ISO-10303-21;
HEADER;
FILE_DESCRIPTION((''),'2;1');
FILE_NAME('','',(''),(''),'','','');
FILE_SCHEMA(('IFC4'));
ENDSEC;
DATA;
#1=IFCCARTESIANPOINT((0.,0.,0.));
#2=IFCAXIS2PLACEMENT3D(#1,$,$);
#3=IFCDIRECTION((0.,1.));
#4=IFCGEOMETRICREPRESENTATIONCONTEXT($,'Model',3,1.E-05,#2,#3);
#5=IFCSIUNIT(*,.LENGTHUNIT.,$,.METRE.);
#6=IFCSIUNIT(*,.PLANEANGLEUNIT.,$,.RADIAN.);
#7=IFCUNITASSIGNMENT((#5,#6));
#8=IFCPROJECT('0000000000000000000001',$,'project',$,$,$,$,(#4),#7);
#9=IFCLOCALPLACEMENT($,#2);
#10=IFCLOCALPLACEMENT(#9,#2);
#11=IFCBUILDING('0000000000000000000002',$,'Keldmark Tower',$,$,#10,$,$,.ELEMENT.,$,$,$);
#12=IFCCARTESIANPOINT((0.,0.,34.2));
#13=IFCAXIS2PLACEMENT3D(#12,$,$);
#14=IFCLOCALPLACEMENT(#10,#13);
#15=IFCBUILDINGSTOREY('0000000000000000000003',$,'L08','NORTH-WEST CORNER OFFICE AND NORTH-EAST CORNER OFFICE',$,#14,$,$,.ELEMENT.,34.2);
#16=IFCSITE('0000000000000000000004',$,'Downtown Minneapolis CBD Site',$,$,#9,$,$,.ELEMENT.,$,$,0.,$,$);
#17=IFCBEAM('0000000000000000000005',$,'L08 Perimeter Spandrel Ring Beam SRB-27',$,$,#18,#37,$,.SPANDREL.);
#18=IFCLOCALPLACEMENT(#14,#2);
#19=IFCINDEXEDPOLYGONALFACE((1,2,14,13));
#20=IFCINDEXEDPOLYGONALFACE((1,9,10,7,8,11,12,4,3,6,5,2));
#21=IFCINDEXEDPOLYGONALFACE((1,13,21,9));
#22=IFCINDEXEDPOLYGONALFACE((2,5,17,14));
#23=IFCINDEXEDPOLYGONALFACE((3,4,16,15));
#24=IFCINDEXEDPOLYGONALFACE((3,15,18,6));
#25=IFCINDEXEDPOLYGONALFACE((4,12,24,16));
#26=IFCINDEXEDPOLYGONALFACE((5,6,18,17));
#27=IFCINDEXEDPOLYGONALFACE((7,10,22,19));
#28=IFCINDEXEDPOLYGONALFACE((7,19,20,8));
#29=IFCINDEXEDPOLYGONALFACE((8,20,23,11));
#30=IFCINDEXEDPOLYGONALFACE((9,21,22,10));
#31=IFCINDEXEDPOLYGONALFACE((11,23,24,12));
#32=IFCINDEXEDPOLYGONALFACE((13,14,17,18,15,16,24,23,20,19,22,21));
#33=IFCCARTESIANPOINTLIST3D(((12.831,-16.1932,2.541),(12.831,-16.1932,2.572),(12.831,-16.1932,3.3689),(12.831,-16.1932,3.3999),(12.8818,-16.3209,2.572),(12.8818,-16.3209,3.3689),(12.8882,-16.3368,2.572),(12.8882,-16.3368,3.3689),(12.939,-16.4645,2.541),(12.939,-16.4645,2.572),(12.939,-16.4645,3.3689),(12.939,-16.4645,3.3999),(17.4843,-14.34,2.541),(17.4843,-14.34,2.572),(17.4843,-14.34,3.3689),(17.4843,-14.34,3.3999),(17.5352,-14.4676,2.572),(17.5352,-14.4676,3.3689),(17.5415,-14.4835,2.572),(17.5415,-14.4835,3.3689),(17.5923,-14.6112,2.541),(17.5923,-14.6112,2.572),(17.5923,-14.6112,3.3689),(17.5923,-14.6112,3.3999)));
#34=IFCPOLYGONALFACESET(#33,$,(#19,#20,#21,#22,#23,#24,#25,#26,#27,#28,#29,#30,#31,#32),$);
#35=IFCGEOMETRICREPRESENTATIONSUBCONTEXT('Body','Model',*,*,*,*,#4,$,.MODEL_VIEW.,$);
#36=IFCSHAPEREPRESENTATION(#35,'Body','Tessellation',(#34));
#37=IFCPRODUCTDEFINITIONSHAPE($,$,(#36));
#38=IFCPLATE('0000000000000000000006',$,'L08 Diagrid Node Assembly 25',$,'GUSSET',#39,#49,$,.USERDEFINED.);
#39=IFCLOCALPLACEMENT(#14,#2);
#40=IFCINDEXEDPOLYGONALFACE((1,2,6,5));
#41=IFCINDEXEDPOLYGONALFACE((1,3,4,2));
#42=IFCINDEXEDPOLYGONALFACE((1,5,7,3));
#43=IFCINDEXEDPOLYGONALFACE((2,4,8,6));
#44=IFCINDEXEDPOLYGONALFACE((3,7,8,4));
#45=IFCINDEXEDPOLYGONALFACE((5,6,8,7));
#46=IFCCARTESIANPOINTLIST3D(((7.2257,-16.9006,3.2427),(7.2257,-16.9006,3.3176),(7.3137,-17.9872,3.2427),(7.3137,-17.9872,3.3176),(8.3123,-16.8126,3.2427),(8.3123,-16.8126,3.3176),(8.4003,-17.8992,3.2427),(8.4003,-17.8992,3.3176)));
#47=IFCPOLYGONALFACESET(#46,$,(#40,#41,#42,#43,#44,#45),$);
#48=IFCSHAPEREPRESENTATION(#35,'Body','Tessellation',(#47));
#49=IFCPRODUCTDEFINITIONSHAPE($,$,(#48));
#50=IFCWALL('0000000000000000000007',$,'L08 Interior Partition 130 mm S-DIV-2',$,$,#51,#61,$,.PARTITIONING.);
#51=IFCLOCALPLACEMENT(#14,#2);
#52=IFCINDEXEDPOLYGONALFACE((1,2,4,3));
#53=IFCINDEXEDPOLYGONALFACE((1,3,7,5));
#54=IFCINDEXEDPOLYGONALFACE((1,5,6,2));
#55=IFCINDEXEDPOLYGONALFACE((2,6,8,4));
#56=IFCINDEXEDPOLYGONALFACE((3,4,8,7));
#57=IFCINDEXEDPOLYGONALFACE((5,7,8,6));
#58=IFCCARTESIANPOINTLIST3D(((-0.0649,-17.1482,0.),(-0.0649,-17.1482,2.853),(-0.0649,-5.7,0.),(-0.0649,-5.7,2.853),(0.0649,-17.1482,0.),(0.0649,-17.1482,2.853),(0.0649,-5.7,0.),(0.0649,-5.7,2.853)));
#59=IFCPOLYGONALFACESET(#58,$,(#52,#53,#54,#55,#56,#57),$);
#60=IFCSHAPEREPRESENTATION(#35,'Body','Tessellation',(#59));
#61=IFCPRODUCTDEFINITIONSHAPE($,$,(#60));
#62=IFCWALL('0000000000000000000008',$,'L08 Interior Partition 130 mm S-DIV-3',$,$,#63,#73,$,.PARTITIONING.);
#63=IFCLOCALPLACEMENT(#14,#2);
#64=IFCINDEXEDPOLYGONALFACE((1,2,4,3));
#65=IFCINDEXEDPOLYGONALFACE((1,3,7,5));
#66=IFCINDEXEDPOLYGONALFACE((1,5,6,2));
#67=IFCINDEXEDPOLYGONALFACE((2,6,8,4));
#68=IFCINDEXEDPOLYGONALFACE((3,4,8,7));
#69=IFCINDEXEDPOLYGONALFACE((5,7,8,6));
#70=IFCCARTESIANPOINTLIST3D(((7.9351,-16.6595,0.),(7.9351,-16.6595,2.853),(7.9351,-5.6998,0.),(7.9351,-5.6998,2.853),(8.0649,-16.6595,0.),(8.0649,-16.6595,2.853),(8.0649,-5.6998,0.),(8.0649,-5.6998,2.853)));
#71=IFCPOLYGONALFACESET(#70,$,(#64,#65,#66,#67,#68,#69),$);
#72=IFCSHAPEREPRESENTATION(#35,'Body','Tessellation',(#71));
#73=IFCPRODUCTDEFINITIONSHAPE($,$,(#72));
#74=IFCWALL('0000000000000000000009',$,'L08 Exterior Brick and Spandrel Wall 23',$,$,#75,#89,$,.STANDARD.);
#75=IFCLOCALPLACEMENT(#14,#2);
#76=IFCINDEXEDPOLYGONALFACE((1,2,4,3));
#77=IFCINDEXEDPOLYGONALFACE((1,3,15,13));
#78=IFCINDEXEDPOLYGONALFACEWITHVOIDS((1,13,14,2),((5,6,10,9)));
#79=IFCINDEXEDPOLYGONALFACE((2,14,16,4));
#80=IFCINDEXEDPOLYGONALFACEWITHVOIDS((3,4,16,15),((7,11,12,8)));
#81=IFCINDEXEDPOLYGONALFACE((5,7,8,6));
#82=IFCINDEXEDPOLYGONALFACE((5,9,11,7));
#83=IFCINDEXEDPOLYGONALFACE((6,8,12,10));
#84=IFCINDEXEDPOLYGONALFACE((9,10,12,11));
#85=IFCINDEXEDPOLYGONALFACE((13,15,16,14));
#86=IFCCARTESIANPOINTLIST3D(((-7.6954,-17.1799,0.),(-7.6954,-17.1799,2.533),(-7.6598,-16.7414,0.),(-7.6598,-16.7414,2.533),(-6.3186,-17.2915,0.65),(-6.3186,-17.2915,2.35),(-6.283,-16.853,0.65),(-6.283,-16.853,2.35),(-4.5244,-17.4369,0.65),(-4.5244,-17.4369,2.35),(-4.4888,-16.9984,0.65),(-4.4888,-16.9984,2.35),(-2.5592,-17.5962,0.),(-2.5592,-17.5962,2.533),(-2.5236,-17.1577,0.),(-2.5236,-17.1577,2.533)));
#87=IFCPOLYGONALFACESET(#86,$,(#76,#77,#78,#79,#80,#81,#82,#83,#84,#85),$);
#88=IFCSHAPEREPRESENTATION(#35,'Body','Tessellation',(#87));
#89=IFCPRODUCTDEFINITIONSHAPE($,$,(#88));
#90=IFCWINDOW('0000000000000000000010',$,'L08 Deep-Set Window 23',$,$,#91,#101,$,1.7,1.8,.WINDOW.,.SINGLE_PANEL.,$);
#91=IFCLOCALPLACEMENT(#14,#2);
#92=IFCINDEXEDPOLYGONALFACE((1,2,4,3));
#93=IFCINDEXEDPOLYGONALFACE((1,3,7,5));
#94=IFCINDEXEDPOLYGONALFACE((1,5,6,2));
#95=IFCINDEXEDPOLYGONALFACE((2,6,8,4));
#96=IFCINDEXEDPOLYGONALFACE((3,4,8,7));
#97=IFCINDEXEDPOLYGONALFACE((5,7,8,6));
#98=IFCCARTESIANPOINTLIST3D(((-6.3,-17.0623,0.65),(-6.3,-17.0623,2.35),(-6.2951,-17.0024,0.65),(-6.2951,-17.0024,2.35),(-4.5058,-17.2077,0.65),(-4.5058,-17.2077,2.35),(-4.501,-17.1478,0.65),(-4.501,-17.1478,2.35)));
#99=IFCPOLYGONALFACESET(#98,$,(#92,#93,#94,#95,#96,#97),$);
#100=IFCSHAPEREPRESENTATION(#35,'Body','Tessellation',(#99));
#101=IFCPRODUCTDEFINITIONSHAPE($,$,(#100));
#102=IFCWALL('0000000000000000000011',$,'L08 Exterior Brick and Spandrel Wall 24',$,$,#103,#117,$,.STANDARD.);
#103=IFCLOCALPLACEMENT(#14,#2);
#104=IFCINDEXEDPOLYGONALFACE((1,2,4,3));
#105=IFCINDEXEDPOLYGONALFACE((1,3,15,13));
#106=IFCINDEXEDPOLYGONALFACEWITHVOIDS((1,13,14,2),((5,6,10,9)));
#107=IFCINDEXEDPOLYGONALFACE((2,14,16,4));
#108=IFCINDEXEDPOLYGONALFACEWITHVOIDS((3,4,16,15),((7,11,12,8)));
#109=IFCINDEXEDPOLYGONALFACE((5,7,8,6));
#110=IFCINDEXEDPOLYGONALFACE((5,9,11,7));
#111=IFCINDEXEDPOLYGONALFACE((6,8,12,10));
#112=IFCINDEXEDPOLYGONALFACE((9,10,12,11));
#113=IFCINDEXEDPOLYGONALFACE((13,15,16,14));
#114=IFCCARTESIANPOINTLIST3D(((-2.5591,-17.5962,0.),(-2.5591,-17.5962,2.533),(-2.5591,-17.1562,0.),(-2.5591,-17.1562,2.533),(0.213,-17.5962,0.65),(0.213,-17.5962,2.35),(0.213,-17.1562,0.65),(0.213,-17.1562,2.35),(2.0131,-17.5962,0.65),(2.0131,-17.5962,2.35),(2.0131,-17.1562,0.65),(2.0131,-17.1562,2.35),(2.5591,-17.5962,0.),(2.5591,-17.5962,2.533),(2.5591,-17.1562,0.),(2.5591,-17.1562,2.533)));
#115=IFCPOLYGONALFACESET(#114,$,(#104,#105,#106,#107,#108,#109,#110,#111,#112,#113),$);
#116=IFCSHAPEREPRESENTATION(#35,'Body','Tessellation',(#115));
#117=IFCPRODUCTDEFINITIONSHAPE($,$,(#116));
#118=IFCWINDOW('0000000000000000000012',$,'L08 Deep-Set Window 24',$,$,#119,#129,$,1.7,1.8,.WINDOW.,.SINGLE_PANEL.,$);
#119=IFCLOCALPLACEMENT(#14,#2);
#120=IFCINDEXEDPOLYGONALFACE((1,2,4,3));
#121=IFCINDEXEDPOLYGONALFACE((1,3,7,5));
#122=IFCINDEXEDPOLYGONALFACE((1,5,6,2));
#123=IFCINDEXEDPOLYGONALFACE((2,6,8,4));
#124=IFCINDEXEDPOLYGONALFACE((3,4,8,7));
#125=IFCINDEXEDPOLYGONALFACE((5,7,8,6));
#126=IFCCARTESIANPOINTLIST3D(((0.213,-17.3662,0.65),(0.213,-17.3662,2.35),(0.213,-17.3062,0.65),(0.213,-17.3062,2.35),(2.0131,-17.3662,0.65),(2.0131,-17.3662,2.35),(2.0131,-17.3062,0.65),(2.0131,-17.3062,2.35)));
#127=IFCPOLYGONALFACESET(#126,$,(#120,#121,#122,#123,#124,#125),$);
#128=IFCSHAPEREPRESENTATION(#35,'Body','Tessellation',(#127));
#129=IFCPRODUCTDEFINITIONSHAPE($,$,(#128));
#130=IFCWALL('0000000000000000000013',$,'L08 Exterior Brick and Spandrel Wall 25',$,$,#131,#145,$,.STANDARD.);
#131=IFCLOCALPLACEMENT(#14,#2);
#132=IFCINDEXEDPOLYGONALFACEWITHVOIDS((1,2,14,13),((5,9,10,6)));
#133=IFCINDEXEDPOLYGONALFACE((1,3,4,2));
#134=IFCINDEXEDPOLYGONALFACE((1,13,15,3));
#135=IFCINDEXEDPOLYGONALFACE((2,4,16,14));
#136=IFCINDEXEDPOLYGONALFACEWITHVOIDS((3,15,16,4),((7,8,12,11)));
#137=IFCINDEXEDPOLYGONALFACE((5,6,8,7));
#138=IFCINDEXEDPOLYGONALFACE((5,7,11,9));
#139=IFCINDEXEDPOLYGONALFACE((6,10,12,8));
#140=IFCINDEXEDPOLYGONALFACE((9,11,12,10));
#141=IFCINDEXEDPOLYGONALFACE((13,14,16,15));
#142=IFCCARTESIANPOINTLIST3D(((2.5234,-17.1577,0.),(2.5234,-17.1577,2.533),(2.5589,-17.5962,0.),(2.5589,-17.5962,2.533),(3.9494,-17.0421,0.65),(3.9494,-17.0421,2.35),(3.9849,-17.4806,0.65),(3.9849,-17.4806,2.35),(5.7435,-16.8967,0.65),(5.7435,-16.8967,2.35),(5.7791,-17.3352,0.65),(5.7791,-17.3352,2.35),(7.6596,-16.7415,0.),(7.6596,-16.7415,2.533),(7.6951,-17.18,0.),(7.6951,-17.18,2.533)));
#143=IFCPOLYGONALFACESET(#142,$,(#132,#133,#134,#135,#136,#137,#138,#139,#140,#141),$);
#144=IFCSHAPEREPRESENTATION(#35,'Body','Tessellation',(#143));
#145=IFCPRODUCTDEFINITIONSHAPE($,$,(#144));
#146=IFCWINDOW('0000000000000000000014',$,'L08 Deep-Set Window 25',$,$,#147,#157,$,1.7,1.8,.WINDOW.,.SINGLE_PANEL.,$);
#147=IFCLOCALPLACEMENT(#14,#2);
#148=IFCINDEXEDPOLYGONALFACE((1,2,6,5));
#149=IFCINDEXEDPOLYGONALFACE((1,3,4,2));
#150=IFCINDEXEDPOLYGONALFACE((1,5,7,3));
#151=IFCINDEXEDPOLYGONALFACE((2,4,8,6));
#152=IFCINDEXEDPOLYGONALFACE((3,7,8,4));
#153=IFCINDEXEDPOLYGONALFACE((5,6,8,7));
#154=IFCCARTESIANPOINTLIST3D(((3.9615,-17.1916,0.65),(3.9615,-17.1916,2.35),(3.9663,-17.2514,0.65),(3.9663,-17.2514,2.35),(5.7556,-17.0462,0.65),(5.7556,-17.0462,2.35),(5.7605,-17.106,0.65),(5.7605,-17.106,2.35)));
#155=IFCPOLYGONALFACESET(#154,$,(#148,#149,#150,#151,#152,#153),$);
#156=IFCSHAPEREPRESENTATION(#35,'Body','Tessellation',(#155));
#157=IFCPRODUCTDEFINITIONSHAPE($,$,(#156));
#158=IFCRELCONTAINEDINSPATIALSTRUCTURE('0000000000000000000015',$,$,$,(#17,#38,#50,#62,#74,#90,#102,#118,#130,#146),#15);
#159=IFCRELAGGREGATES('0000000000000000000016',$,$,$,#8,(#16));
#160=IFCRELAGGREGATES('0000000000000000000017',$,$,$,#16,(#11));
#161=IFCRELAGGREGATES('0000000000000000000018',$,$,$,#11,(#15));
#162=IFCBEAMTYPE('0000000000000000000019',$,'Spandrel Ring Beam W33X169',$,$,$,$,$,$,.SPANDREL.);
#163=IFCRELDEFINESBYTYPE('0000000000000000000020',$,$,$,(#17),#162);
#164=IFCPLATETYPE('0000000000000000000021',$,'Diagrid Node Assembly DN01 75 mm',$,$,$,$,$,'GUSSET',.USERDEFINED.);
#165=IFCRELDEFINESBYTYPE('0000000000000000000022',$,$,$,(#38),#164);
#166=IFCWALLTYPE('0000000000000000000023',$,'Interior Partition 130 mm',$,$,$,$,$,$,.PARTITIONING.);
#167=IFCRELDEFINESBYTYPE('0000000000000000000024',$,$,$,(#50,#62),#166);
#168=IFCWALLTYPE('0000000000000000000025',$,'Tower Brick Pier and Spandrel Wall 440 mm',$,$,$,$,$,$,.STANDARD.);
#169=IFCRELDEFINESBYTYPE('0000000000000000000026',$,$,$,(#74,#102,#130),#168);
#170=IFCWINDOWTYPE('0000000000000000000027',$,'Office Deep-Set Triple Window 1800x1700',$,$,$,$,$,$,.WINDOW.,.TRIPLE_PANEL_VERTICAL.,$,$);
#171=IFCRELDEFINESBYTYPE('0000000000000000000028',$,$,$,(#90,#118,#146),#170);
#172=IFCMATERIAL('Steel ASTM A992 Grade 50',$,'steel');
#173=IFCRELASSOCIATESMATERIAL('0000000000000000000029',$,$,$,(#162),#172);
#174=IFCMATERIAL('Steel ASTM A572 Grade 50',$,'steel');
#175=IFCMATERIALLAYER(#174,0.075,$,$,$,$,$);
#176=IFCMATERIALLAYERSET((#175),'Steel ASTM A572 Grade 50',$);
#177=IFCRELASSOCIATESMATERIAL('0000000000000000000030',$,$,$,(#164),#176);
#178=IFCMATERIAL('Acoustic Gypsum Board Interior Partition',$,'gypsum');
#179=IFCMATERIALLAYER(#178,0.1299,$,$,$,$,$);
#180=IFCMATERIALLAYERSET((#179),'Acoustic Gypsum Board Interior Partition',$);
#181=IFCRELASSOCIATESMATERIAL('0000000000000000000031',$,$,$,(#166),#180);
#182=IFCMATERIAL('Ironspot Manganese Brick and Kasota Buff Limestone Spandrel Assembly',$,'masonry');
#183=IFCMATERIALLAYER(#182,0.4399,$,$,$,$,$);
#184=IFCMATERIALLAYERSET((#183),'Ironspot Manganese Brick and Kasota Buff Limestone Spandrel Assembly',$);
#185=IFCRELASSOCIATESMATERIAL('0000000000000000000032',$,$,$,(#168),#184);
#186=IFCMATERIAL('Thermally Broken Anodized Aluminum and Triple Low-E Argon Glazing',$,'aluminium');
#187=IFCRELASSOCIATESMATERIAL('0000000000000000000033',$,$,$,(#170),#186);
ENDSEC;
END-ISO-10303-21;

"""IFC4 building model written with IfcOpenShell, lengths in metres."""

from ifc_helpers import new_model, si_unit, direction, frame, frame_2d, origin, origin_2d, place, context, subcontext, project, spatial, rectangle, i_section, extrude, material, layer, layer_set, material_profile, profile_set, type_object, element, fill, save


model = new_model("IFC4")

# Units and contexts
model_context = context("Model", 3, precision=1e-05, world=origin(), true_north=direction((0.0, 1.0)))
body_context = subcontext(model_context, "Body", "Model", "MODEL_VIEW")
ifc_project = project(units=[si_unit("LENGTHUNIT", "METRE"), si_unit("PLANEANGLEUNIT", "RADIAN")], contexts=[model_context])

# Site, building, storey
site_placement = place(None, origin())
site = spatial("IfcSite", under=ifc_project, at=site_placement, Name="Downtown Minneapolis CBD Site", CompositionType="ELEMENT", RefElevation=0.0)
building_placement = place(site_placement, origin())
building = spatial("IfcBuilding", under=site, at=building_placement, Name="Keldmark Tower", CompositionType="ELEMENT")
storey_placement = place(building_placement, frame((0.0, 0.0, 34.2)))
storey = spatial("IfcBuildingStorey", under=building, at=storey_placement, Name="L08", Description="NORTH-WEST CORNER OFFICE AND NORTH-EAST CORNER OFFICE", CompositionType="ELEMENT", Elevation=34.2)

# Beam
ifc_material_1 = material(Name="Steel ASTM A992 Grade 50", Category="steel")
ifc_material_profile_1 = material_profile(ifc_material_1, i_section(OverallWidth=0.292, OverallDepth=0.8589, WebThickness=0.0171, FlangeThickness=0.031, at=origin_2d()), Name="W33X169")
ifc_profile_set_1 = profile_set([ifc_material_profile_1], Name="Steel ASTM A992 Grade 50")
beam_type_1 = type_object("IfcBeamType", Name="Spandrel Ring Beam W33X169", PredefinedType="SPANDREL", material=ifc_profile_set_1)
beam_1_placement = place(storey_placement, frame((12.885, -16.3289, 2.9705), z_axis=(0.92903, 0.370004, 0.0), x_axis=(-0.370004, 0.92903, 0.0)))
element("IfcBeam", 1, at=beam_1_placement, inside=storey, type_object=beam_type_1, Name="L08 Perimeter Spandrel Ring Beam SRB-27", PredefinedType="SPANDREL", context=body_context, shape_type="SweptSolid", body=[
    extrude(i_section(OverallWidth=0.292, OverallDepth=0.8589, WebThickness=0.0171, FlangeThickness=0.031, at=origin_2d()), origin(), (0.0, 0.0, 1.0), 5.0088),
])

# Plate
ifc_material_2 = material(Name="Steel ASTM A572 Grade 50", Category="steel")
ifc_layer_1 = layer(ifc_material_2, 0.075)
ifc_layer_set_1 = layer_set([ifc_layer_1], Name="Steel ASTM A572 Grade 50")
plate_type = type_object("IfcPlateType", Name="Diagrid Node Assembly DN01 75 mm", ElementType="GUSSET", PredefinedType="USERDEFINED", material=ifc_layer_set_1)
plate_placement = place(storey_placement, frame((7.813, -17.3999, 3.2427), z_axis=(0.0, 0.0, 1.0), x_axis=(0.996737, 0.080721, 0.0)))
element("IfcPlate", 2, at=plate_placement, inside=storey, type_object=plate_type, Name="L08 Diagrid Node Assembly 25", ObjectType="GUSSET", PredefinedType="USERDEFINED", context=body_context, shape_type="SweptSolid", body=[
    extrude(rectangle(XDim=1.0901, YDim=1.0901, at=origin_2d()), origin(), (0.0, 0.0, 1.0), 0.075),
])

# Walls
ifc_material_3 = material(Name="Acoustic Gypsum Board Interior Partition", Category="gypsum")
ifc_layer_2 = layer(ifc_material_3, 0.1299)
ifc_layer_set_2 = layer_set([ifc_layer_2], Name="Acoustic Gypsum Board Interior Partition")
wall_type_1 = type_object("IfcWallType", Name="Interior Partition 130 mm", PredefinedType="PARTITIONING", material=ifc_layer_set_2)
wall_1_placement = place(storey_placement, frame((0.0, -17.1482, 0.0), z_axis=(0.0, 0.0, 1.0), x_axis=(0.0, 1.0, 0.0)))
element("IfcWall", 3, at=wall_1_placement, inside=storey, type_object=wall_type_1, Name="L08 Interior Partition 130 mm S-DIV-2", PredefinedType="PARTITIONING", context=body_context, shape_type="SweptSolid", body=[
    extrude(rectangle(XDim=11.4482, YDim=0.1299, at=frame_2d((5.7241, 0.0))), origin(), (0.0, 0.0, 1.0), 2.853),
])
wall_2_placement = place(storey_placement, frame((8.0, -16.6597, 0.0), z_axis=(0.0, 0.0, 1.0), x_axis=(0.0, 1.0, 0.0)))
element("IfcWall", 4, at=wall_2_placement, inside=storey, type_object=wall_type_1, Name="L08 Interior Partition 130 mm S-DIV-3", PredefinedType="PARTITIONING", context=body_context, shape_type="SweptSolid", body=[
    extrude(rectangle(XDim=10.9597, YDim=0.1299, at=frame_2d((5.48, 0.0))), origin(), (0.0, 0.0, 1.0), 2.853),
])

# Walls, openings, windows
ifc_material_4 = material(Name="Ironspot Manganese Brick and Kasota Buff Limestone Spandrel Assembly", Category="masonry")
ifc_layer_3 = layer(ifc_material_4, 0.4399)
ifc_layer_set_3 = layer_set([ifc_layer_3], Name="Ironspot Manganese Brick and Kasota Buff Limestone Spandrel Assembly")
wall_type_2 = type_object("IfcWallType", Name="Tower Brick Pier and Spandrel Wall 440 mm", PredefinedType="STANDARD", material=ifc_layer_set_3)
wall_3_placement = place(storey_placement, frame((-2.5413, -17.377, 0.0), z_axis=(0.0, 0.0, 1.0), x_axis=(-0.996732, 0.080779, 0.0)))
wall_3 = element("IfcWall", 5, at=wall_3_placement, inside=storey, type_object=wall_type_2, Name="L08 Exterior Brick and Spandrel Wall 23", PredefinedType="STANDARD", context=body_context, shape_type="SweptSolid", body=[
    extrude(rectangle(XDim=5.1531, YDim=0.4399, at=frame_2d((2.5767, 0.0))), origin(), (0.0, 0.0, 1.0), 2.533),
])
opening_1_placement = place(wall_3_placement, frame((1.9719, 0.0, 0.6499)))
opening_1 = element("IfcOpeningElement", 6, at=opening_1_placement, cuts=wall_3, PredefinedType="OPENING", context=body_context, shape_type="SweptSolid", body=[
    extrude(rectangle(XDim=1.8, YDim=1.7, at=frame_2d((0.8999, 0.8501))), frame((0.0, 0.23, 0.0), z_axis=(0.0, -1.0, 0.0), x_axis=(1.0, 0.0, 0.0)), (0.0, 0.0, 1.0), 0.46),
])
ifc_material_5 = material(Name="Thermally Broken Anodized Aluminum and Triple Low-E Argon Glazing", Category="aluminium")
window_type = type_object("IfcWindowType", Name="Office Deep-Set Triple Window 1800x1700", PartitioningType="TRIPLE_PANEL_VERTICAL", PredefinedType="WINDOW", material=ifc_material_5)
window_1_placement = place(opening_1_placement, origin())
window_1 = element("IfcWindow", 7, at=window_1_placement, inside=storey, type_object=window_type, Name="L08 Deep-Set Window 23", OverallHeight=1.7, OverallWidth=1.8, PartitioningType="SINGLE_PANEL", PredefinedType="WINDOW", context=body_context, shape_type="SweptSolid", body=[
    extrude(rectangle(XDim=1.8, YDim=1.7, at=frame_2d((0.8999, 0.8501))), frame((0.0, -0.01, 0.0), z_axis=(0.0, -1.0, 0.0), x_axis=(1.0, 0.0, 0.0)), (0.0, 0.0, 1.0), 0.0601),
])
fill(opening_1, window_1)
wall_4_placement = place(storey_placement, frame((2.5591, -17.3762, 0.0), z_axis=(0.0, 0.0, 1.0), x_axis=(-1.0, 0.0, 0.0)))
wall_4 = element("IfcWall", 8, at=wall_4_placement, inside=storey, type_object=wall_type_2, Name="L08 Exterior Brick and Spandrel Wall 24", PredefinedType="STANDARD", context=body_context, shape_type="SweptSolid", body=[
    extrude(rectangle(XDim=5.1182, YDim=0.4399, at=frame_2d((2.5591, 0.0))), origin(), (0.0, 0.0, 1.0), 2.533),
])
opening_2_placement = place(wall_4_placement, frame((0.5461, 0.0, 0.6499)))
opening_2 = element("IfcOpeningElement", 9, at=opening_2_placement, cuts=wall_4, PredefinedType="OPENING", context=body_context, shape_type="SweptSolid", body=[
    extrude(rectangle(XDim=1.8, YDim=1.7, at=frame_2d((0.8999, 0.8501))), frame((0.0, 0.23, 0.0), z_axis=(0.0, -1.0, 0.0), x_axis=(1.0, 0.0, 0.0)), (0.0, 0.0, 1.0), 0.46),
])
window_2_placement = place(opening_2_placement, origin())
window_2 = element("IfcWindow", 10, at=window_2_placement, inside=storey, type_object=window_type, Name="L08 Deep-Set Window 24", OverallHeight=1.7, OverallWidth=1.8, PartitioningType="SINGLE_PANEL", PredefinedType="WINDOW", context=body_context, shape_type="SweptSolid", body=[
    extrude(rectangle(XDim=1.8, YDim=1.7, at=frame_2d((0.8999, 0.8501))), frame((0.0, -0.01, 0.0), z_axis=(0.0, -1.0, 0.0), x_axis=(1.0, 0.0, 0.0)), (0.0, 0.0, 1.0), 0.0601),
])
fill(opening_2, window_2)
wall_5_placement = place(storey_placement, frame((7.6775, -16.9607, 0.0), z_axis=(0.0, 0.0, 1.0), x_axis=(-0.996732, -0.080779, 0.0)))
wall_5 = element("IfcWall", 11, at=wall_5_placement, inside=storey, type_object=wall_type_2, Name="L08 Exterior Brick and Spandrel Wall 25", PredefinedType="STANDARD", context=body_context, shape_type="SweptSolid", body=[
    extrude(rectangle(XDim=5.1531, YDim=0.4399, at=frame_2d((2.5767, 0.0))), origin(), (0.0, 0.0, 1.0), 2.533),
])
opening_3_placement = place(wall_5_placement, frame((1.9226, 0.0, 0.6499)))
opening_3 = element("IfcOpeningElement", 12, at=opening_3_placement, cuts=wall_5, PredefinedType="OPENING", context=body_context, shape_type="SweptSolid", body=[
    extrude(rectangle(XDim=1.8, YDim=1.7, at=frame_2d((0.8999, 0.8501))), frame((0.0, 0.23, 0.0), z_axis=(0.0, -1.0, 0.0), x_axis=(1.0, 0.0, 0.0)), (0.0, 0.0, 1.0), 0.46),
])
window_3_placement = place(opening_3_placement, origin())
window_3 = element("IfcWindow", 13, at=window_3_placement, inside=storey, type_object=window_type, Name="L08 Deep-Set Window 25", OverallHeight=1.7, OverallWidth=1.8, PartitioningType="SINGLE_PANEL", PredefinedType="WINDOW", context=body_context, shape_type="SweptSolid", body=[
    extrude(rectangle(XDim=1.8, YDim=1.7, at=frame_2d((0.8999, 0.8501))), frame((0.0, -0.01, 0.0), z_axis=(0.0, -1.0, 0.0), x_axis=(1.0, 0.0, 0.0)), (0.0, 0.0, 1.0), 0.0601),
])
fill(opening_3, window_3)

save(model, "model.ifc")
